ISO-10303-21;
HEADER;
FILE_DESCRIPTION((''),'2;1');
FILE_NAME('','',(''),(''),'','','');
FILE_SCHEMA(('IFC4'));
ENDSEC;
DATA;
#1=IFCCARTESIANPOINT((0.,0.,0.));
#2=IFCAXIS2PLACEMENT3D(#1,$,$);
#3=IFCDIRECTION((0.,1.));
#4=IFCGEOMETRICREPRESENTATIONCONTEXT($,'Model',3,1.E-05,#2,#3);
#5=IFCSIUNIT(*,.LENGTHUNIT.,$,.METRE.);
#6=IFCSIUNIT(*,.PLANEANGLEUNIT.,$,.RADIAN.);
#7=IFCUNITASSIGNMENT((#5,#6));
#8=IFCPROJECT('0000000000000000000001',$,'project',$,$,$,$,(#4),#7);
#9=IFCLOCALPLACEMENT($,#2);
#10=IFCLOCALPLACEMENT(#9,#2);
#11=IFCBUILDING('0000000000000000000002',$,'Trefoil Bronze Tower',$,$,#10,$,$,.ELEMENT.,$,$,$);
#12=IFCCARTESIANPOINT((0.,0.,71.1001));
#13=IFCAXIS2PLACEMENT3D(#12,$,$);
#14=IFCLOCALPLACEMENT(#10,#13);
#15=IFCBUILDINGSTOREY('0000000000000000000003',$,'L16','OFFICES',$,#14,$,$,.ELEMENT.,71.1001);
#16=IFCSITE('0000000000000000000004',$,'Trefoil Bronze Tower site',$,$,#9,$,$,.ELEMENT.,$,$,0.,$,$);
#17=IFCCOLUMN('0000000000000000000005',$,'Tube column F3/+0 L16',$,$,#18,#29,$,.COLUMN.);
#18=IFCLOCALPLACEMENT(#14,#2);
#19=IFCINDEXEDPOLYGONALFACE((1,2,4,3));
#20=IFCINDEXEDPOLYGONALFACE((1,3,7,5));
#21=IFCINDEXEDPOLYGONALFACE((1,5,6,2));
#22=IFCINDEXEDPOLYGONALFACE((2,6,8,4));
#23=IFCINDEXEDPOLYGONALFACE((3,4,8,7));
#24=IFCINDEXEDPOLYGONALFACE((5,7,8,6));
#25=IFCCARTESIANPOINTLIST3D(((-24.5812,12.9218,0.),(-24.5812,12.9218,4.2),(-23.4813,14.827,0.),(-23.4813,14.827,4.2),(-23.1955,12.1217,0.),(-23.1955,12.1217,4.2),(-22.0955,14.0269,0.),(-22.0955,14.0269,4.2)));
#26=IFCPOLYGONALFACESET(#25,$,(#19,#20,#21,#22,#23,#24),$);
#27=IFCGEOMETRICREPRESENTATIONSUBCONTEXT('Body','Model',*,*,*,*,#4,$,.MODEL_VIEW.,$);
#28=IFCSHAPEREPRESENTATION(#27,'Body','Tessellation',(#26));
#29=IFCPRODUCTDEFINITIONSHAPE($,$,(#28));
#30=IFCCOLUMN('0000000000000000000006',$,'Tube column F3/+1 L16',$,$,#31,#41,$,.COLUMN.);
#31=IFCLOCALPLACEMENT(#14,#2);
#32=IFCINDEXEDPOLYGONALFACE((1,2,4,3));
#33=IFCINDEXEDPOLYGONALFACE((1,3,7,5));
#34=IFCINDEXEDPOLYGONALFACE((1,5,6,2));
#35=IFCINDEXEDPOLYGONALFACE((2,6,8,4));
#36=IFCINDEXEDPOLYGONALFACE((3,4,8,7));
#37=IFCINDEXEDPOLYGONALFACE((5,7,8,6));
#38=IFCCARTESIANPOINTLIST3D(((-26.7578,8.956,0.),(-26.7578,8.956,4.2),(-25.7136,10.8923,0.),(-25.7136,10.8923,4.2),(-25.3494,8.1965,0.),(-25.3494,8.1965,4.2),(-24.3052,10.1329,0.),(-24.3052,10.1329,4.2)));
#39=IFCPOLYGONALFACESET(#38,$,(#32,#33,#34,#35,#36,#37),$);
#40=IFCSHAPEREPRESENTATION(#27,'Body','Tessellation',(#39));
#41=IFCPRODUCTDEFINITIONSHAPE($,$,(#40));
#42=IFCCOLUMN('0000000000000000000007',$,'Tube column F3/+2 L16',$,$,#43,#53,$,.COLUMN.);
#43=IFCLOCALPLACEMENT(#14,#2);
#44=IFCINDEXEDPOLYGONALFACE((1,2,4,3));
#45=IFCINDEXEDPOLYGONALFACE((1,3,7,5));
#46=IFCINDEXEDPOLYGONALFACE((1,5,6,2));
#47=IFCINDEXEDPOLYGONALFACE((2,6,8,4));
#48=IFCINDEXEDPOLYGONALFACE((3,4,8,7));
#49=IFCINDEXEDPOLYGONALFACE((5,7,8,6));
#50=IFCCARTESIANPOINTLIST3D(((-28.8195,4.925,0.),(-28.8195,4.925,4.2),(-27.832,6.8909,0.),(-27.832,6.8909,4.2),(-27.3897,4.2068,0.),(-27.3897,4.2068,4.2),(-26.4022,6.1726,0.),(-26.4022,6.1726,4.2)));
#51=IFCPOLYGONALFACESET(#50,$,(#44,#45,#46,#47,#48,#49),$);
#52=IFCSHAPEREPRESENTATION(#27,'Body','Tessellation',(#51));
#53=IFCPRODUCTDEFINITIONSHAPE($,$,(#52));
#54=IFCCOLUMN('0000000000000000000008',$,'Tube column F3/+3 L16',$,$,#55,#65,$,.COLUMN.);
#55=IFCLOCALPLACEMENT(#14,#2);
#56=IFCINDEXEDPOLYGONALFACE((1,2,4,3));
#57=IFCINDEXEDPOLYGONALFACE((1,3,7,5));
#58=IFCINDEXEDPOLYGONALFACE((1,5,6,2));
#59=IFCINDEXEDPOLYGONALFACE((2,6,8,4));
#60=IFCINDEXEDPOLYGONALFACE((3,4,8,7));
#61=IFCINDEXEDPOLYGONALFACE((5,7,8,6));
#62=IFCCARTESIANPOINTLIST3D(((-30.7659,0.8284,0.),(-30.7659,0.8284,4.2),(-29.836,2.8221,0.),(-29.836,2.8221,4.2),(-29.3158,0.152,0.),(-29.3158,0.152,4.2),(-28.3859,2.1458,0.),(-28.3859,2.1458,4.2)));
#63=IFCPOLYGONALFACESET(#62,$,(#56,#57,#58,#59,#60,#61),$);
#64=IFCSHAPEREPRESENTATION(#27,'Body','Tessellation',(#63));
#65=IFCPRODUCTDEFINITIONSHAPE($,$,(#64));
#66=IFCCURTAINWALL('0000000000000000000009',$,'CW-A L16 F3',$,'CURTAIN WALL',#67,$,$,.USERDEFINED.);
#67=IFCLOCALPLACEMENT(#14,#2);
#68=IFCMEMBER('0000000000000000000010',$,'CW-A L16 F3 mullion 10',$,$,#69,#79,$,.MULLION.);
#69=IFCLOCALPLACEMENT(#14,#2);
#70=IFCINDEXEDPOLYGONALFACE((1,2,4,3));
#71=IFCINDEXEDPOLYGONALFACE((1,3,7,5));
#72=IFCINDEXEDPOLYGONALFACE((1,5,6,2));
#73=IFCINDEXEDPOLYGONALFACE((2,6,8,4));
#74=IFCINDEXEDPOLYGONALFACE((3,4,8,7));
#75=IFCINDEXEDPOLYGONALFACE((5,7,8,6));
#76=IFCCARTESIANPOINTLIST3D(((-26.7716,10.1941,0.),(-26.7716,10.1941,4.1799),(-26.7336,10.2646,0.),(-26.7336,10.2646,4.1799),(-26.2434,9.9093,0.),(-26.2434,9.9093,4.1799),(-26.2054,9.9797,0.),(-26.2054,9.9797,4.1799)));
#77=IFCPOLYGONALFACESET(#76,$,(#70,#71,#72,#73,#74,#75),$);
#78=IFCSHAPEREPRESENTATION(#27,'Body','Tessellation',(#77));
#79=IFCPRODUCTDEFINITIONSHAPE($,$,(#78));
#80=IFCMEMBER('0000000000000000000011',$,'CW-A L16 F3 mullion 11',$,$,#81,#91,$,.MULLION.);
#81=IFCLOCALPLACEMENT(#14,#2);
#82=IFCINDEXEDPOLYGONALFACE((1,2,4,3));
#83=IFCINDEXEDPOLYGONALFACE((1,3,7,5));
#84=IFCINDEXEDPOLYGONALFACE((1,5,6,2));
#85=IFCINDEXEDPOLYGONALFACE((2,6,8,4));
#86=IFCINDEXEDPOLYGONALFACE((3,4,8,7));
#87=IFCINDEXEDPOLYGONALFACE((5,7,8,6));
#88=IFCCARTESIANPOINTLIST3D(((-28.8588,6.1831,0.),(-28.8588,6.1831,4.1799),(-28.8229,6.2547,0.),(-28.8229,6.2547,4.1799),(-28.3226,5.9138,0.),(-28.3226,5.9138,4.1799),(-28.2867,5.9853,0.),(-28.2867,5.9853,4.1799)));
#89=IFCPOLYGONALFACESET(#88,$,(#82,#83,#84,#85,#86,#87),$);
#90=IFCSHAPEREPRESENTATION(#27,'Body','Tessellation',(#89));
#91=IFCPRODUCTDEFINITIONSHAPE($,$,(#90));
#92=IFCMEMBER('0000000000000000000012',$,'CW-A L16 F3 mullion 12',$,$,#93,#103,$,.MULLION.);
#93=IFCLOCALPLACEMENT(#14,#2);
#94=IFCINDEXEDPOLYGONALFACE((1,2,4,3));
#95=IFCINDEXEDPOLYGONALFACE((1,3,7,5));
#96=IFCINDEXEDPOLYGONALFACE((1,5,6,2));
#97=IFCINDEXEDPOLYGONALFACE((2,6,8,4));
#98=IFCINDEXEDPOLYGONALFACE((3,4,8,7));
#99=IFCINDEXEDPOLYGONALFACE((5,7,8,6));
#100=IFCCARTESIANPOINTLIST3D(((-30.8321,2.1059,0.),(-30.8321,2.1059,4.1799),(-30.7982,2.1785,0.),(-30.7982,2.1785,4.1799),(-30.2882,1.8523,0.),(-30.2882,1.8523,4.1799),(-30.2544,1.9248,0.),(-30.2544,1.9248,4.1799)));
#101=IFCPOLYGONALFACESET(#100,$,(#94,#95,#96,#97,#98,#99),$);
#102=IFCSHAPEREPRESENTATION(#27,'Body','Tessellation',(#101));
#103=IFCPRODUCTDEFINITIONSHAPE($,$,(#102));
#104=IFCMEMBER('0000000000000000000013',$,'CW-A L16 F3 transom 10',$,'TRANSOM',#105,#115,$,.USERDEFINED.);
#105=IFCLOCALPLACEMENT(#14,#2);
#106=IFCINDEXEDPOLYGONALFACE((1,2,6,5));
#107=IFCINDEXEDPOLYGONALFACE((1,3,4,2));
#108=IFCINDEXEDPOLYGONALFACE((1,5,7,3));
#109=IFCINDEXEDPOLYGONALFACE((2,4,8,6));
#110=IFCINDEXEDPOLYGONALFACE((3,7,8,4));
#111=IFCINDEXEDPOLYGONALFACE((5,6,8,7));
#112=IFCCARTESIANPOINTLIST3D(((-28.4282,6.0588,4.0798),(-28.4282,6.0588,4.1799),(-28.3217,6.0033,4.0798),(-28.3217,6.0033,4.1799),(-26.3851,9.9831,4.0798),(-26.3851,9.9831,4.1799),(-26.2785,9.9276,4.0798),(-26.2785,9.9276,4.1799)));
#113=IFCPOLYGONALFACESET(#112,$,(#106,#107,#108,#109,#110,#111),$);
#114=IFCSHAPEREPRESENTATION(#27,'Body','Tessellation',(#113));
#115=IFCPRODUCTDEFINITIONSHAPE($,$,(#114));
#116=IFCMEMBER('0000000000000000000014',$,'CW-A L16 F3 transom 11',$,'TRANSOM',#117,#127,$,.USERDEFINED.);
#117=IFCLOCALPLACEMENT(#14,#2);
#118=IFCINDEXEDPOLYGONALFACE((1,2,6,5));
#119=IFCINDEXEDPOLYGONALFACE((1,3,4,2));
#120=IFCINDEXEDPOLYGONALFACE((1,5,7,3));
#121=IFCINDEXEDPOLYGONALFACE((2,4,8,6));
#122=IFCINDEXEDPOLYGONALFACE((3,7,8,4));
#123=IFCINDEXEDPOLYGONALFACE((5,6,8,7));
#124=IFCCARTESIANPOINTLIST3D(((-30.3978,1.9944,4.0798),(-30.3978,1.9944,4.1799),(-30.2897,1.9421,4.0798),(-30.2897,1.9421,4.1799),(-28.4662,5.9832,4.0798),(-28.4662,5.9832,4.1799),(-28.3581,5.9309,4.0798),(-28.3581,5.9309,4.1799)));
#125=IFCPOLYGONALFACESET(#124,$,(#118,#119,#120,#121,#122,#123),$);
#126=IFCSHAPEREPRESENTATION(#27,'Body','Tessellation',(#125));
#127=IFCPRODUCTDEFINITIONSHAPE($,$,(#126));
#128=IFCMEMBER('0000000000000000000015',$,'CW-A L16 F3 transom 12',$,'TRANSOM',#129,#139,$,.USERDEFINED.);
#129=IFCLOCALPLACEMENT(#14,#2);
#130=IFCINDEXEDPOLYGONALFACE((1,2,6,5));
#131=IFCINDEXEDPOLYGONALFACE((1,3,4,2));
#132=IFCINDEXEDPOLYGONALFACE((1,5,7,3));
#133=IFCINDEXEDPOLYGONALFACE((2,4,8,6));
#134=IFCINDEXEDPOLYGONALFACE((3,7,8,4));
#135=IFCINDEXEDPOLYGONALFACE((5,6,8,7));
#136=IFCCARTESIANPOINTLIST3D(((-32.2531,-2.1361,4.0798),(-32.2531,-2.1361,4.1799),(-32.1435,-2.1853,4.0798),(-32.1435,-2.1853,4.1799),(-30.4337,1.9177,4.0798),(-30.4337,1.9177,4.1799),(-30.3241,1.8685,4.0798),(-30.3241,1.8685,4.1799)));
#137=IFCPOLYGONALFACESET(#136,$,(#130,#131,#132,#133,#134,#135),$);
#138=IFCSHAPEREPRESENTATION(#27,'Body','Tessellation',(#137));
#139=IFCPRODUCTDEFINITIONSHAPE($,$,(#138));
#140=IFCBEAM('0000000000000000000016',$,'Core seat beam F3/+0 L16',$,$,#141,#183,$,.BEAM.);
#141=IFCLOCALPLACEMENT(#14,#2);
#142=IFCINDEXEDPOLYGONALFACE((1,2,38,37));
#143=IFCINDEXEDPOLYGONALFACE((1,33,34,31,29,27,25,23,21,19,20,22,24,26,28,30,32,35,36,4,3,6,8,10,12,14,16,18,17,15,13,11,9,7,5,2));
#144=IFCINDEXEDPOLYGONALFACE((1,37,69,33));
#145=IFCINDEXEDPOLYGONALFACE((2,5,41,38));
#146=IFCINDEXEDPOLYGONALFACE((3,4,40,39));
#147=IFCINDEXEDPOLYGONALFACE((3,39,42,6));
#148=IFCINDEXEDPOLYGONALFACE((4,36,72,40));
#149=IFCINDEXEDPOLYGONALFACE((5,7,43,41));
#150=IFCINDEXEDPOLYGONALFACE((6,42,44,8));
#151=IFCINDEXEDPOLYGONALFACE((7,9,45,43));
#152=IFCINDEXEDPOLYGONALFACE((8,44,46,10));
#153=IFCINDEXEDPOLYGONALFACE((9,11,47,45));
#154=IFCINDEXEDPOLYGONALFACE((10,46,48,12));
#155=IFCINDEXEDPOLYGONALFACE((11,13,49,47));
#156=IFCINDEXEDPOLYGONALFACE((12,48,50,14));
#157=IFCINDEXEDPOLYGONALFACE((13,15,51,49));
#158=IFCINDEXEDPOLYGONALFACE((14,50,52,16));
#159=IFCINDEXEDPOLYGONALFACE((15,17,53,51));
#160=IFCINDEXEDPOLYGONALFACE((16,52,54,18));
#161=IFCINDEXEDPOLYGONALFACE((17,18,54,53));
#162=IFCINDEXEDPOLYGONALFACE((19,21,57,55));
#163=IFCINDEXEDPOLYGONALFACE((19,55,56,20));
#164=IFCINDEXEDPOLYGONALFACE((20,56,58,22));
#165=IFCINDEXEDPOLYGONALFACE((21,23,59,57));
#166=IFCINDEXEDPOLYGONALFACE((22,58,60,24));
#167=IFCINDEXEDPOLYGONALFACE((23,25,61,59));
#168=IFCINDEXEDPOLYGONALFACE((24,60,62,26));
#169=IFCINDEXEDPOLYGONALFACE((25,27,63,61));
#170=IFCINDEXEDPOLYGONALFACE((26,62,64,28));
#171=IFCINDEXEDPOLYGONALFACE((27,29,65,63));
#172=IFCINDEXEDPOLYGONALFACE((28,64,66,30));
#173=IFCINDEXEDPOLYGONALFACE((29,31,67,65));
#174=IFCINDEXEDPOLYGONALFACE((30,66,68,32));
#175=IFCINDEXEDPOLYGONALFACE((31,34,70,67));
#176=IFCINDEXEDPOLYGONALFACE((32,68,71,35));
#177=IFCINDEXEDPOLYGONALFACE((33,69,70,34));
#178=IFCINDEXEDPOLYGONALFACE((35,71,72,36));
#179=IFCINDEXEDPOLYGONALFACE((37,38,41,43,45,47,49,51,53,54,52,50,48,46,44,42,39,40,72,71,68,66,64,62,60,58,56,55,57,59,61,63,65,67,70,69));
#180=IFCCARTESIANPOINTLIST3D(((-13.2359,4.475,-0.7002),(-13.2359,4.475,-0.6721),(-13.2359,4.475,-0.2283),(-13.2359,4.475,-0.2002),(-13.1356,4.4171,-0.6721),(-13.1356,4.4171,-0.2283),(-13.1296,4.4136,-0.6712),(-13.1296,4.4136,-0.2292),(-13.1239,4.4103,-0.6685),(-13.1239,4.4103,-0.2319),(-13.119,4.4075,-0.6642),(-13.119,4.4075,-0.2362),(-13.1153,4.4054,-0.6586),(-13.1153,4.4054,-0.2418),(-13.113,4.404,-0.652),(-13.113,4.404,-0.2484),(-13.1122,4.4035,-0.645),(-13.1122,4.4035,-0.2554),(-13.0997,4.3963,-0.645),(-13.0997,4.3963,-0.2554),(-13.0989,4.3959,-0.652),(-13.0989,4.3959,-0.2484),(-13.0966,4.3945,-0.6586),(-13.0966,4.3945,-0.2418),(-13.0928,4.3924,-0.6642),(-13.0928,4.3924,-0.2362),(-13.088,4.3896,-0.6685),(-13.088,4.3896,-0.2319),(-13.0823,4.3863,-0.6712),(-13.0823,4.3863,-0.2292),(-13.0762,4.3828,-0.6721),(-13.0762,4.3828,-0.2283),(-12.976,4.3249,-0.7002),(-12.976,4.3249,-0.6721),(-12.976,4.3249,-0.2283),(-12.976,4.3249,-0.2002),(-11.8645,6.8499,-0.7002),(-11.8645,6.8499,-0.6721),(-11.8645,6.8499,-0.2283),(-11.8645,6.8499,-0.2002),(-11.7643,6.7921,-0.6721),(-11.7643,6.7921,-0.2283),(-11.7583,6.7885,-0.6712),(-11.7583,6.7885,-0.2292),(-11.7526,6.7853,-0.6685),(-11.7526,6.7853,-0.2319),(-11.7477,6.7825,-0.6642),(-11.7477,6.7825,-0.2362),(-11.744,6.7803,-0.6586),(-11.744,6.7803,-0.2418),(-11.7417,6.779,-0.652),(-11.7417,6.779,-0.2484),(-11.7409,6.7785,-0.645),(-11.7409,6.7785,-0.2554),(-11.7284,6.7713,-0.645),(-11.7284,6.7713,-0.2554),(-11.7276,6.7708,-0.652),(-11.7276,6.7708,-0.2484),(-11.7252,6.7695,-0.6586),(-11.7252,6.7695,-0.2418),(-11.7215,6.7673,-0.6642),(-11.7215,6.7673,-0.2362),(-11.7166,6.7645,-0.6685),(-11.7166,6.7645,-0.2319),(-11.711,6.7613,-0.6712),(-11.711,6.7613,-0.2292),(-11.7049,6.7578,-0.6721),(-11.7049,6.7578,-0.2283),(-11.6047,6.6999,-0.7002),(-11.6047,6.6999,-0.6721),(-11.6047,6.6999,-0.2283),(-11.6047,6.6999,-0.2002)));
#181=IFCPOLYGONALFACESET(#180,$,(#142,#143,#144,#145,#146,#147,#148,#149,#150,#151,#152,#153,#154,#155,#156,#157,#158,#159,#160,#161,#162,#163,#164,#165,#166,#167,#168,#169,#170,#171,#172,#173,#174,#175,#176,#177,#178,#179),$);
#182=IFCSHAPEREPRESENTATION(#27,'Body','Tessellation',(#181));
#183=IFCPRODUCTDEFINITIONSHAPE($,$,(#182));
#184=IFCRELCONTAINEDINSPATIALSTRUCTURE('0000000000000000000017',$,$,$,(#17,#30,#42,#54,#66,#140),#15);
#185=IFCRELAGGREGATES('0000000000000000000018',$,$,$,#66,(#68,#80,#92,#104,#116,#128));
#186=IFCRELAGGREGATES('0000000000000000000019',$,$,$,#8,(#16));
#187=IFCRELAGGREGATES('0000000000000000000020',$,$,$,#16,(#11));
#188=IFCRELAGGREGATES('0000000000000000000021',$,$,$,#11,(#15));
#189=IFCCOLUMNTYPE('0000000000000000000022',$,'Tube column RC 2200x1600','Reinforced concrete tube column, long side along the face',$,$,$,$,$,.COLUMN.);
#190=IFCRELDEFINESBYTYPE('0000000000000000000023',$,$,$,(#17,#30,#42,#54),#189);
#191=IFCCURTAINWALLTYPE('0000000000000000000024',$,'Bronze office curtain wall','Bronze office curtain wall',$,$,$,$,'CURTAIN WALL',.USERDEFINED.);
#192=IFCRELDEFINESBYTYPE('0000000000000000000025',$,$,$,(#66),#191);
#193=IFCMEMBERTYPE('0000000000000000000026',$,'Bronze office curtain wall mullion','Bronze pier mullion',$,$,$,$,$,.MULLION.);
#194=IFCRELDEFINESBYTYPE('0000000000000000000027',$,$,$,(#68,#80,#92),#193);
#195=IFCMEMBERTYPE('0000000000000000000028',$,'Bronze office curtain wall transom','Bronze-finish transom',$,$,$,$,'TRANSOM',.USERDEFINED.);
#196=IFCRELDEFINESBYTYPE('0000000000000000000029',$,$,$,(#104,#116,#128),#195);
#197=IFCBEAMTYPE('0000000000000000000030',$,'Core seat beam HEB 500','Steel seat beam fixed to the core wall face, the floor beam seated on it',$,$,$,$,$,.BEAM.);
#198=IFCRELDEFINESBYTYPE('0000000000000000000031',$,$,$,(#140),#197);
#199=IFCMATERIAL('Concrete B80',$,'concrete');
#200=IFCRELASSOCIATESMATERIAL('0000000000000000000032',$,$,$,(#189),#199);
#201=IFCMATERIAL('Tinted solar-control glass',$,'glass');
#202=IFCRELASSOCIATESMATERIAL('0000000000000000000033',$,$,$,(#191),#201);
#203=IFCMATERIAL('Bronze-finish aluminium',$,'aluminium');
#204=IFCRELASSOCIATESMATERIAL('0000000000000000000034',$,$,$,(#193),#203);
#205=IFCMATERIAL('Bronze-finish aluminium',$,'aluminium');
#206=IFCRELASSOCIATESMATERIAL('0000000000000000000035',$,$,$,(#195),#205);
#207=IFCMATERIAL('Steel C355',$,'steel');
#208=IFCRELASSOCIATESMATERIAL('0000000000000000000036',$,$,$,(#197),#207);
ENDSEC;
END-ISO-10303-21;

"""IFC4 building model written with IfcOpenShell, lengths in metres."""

from ifc_helpers import new_model, si_unit, direction, frame, origin, origin_2d, place, context, subcontext, project, spatial, rectangle, i_section, extrude, material, material_profile, profile_set, type_object, element, aggregate, save


model = new_model("IFC4")

# Units and contexts
model_context = context("Model", 3, precision=1e-05, world=origin(), true_north=direction((0.0, 1.0)))
body_context = subcontext(model_context, "Body", "Model", "MODEL_VIEW")
ifc_project = project(units=[si_unit("LENGTHUNIT", "METRE"), si_unit("PLANEANGLEUNIT", "RADIAN")], contexts=[model_context])

# Site, building, storey
site_placement = place(None, origin())
site = spatial("IfcSite", under=ifc_project, at=site_placement, Name="Trefoil Bronze Tower site", CompositionType="ELEMENT", RefElevation=0.0)
building_placement = place(site_placement, origin())
building = spatial("IfcBuilding", under=site, at=building_placement, Name="Trefoil Bronze Tower", CompositionType="ELEMENT")
storey_placement = place(building_placement, frame((0.0, 0.0, 71.1001)))
storey = spatial("IfcBuildingStorey", under=building, at=storey_placement, Name="L16", Description="OFFICES", CompositionType="ELEMENT", Elevation=71.1001)

# Columns
ifc_material_1 = material(Name="Concrete B80", Category="concrete")
ifc_material_profile_1 = material_profile(ifc_material_1, rectangle(XDim=2.2, YDim=1.6001, at=origin_2d()), Name="RC 2200x1600")
ifc_profile_set_1 = profile_set([ifc_material_profile_1], Name="Concrete B80")
column_type = type_object("IfcColumnType", Name="Tube column RC 2200x1600", Description="Reinforced concrete tube column, long side along the face", PredefinedType="COLUMN", material=ifc_profile_set_1)
for number, where, z_axis, x_axis, name in (
    (1, (-23.3384, 13.4744, 0.0), (0.0, 0.0, 1.0), (-0.5, -0.866025, 0.0), "Tube column F3/+0 L16"),
    (2, (-25.5315, 9.5444, 0.0), (0.0, 0.0, 1.0), (-0.474656, -0.880171, 0.0), "Tube column F3/+1 L16"),
    (3, (-27.6108, 5.5488, 0.0), (0.0, 0.0, 1.0), (-0.44889, -0.893587, 0.0), "Tube column F3/+2 L16"),
    (4, (-29.5759, 1.4871, 0.0), (0.0, 0.0, 1.0), (-0.422701, -0.906269, 0.0), "Tube column F3/+3 L16"),
):
    element("IfcColumn", number, at=place(storey_placement, frame(where, z_axis=z_axis, x_axis=x_axis)), inside=storey, type_object=column_type, Name=name, PredefinedType="COLUMN", context=body_context, shape_type="SweptSolid", body=[
        extrude(rectangle(XDim=2.2, YDim=1.6001, at=origin_2d()), origin(), (0.0, 0.0, 1.0), 4.2),
    ])

# Curtain wall, members
ifc_material_2 = material(Name="Tinted solar-control glass", Category="glass")
curtain_wall_type = type_object("IfcCurtainWallType", Name="Bronze office curtain wall", Description="Bronze office curtain wall", ElementType="CURTAIN WALL", PredefinedType="USERDEFINED", material=ifc_material_2)
curtain_wall_placement = place(storey_placement, origin())
curtain_wall = element("IfcCurtainWall", 5, at=curtain_wall_placement, inside=storey, type_object=curtain_wall_type, Name="CW-A L16 F3", ObjectType="CURTAIN WALL", PredefinedType="USERDEFINED")
ifc_material_3 = material(Name="Bronze-finish aluminium", Category="aluminium")
ifc_material_profile_2 = material_profile(ifc_material_3, rectangle(XDim=0.6001, YDim=0.0801, at=origin_2d()), Name="CW-A mullion")
ifc_profile_set_2 = profile_set([ifc_material_profile_2], Name="Bronze-finish aluminium")
member_type_1 = type_object("IfcMemberType", Name="Bronze office curtain wall mullion", Description="Bronze pier mullion", PredefinedType="MULLION", material=ifc_profile_set_2)
member_1_placement = place(storey_placement, frame((-26.4885, 10.0869, 0.0), z_axis=(0.0, 0.0, 1.0), x_axis=(0.880171, -0.474656, 0.0)))
member_1 = element("IfcMember", 6, at=member_1_placement, type_object=member_type_1, Name="CW-A L16 F3 mullion 10", PredefinedType="MULLION", context=body_context, shape_type="SweptSolid", body=[
    extrude(rectangle(XDim=0.6001, YDim=0.0801, at=origin_2d()), origin(), (0.0, 0.0, 1.0), 4.1799),
])
member_2_placement = place(storey_placement, frame((-28.5728, 6.0842, 0.0), z_axis=(0.0, 0.0, 1.0), x_axis=(0.893587, -0.44889, 0.0)))
member_2 = element("IfcMember", 7, at=member_2_placement, type_object=member_type_1, Name="CW-A L16 F3 mullion 11", PredefinedType="MULLION", context=body_context, shape_type="SweptSolid", body=[
    extrude(rectangle(XDim=0.6001, YDim=0.0801, at=origin_2d()), origin(), (0.0, 0.0, 1.0), 4.1799),
])
member_3_placement = place(storey_placement, frame((-30.5432, 2.0154, 0.0), z_axis=(0.0, 0.0, 1.0), x_axis=(0.906269, -0.422701, 0.0)))
member_3 = element("IfcMember", 8, at=member_3_placement, type_object=member_type_1, Name="CW-A L16 F3 mullion 12", PredefinedType="MULLION", context=body_context, shape_type="SweptSolid", body=[
    extrude(rectangle(XDim=0.6001, YDim=0.0801, at=origin_2d()), origin(), (0.0, 0.0, 1.0), 4.1799),
])
ifc_material_4 = material(Name="Bronze-finish aluminium", Category="aluminium")
ifc_material_profile_3 = material_profile(ifc_material_4, rectangle(XDim=0.1201, YDim=0.1001, at=origin_2d()), Name="CW-A transom")
ifc_profile_set_3 = profile_set([ifc_material_profile_3], Name="Bronze-finish aluminium")
member_type_2 = type_object("IfcMemberType", Name="Bronze office curtain wall transom", Description="Bronze-finish transom", ElementType="TRANSOM", PredefinedType="USERDEFINED", material=ifc_profile_set_3)
member_4_placement = place(storey_placement, frame((-26.3318, 9.9553, 4.1299), z_axis=(-0.46181, -0.886979, 0.0), x_axis=(0.886979, -0.46181, 0.0)))
member_4 = element("IfcMember", 9, at=member_4_placement, type_object=member_type_2, Name="CW-A L16 F3 transom 10", ObjectType="TRANSOM", PredefinedType="USERDEFINED", context=body_context, shape_type="SweptSolid", body=[
    extrude(rectangle(XDim=0.1201, YDim=0.1001, at=origin_2d()), origin(), (0.0, 0.0, 1.0), 4.4243),
])
member_5_placement = place(storey_placement, frame((-28.4121, 5.957, 4.1299), z_axis=(-0.435852, -0.900018, 0.0), x_axis=(0.900018, -0.435852, 0.0)))
member_5 = element("IfcMember", 10, at=member_5_placement, type_object=member_type_2, Name="CW-A L16 F3 transom 11", ObjectType="TRANSOM", PredefinedType="USERDEFINED", context=body_context, shape_type="SweptSolid", body=[
    extrude(rectangle(XDim=0.1201, YDim=0.1001, at=origin_2d()), origin(), (0.0, 0.0, 1.0), 4.4319),
])
member_6_placement = place(storey_placement, frame((-30.3789, 1.8931, 4.1299), z_axis=(-0.40946, -0.912328, 0.0), x_axis=(0.912328, -0.40946, 0.0)))
member_6 = element("IfcMember", 11, at=member_6_placement, type_object=member_type_2, Name="CW-A L16 F3 transom 12", ObjectType="TRANSOM", PredefinedType="USERDEFINED", context=body_context, shape_type="SweptSolid", body=[
    extrude(rectangle(XDim=0.1201, YDim=0.1001, at=origin_2d()), origin(), (0.0, 0.0, 1.0), 4.4434),
])

# Beam
ifc_material_5 = material(Name="Steel C355", Category="steel")
ifc_material_profile_4 = material_profile(ifc_material_5, i_section(OverallWidth=0.3, OverallDepth=0.5, WebThickness=0.0144, FlangeThickness=0.0281, FilletRadius=0.0271, at=origin_2d()), Name="HEB 500")
ifc_profile_set_4 = profile_set([ifc_material_profile_4], Name="Steel C355")
beam_type_1 = type_object("IfcBeamType", Name="Core seat beam HEB 500", Description="Steel seat beam fixed to the core wall face, the floor beam seated on it", PredefinedType="BEAM", material=ifc_profile_set_4)
for number, where, z_axis, x_axis, name in (
    (12, (-11.7346, 6.7749, -0.4502), (-0.500036, -0.866005, 0.0), (0.866005, -0.500036, 0.0), "Core seat beam F3/+0 L16"),
):
    element("IfcBeam", number, at=place(storey_placement, frame(where, z_axis=z_axis, x_axis=x_axis)), inside=storey, type_object=beam_type_1, Name=name, PredefinedType="BEAM", context=body_context, shape_type="SweptSolid", body=[
        extrude(i_section(OverallWidth=0.3, OverallDepth=0.5, WebThickness=0.0144, FlangeThickness=0.0281, FilletRadius=0.0271, at=origin_2d()), origin(), (0.0, 0.0, 1.0), 2.7424),
    ])

aggregate(curtain_wall, [member_1, member_2, member_3, member_4, member_5, member_6])

save(model, "model.ifc")
